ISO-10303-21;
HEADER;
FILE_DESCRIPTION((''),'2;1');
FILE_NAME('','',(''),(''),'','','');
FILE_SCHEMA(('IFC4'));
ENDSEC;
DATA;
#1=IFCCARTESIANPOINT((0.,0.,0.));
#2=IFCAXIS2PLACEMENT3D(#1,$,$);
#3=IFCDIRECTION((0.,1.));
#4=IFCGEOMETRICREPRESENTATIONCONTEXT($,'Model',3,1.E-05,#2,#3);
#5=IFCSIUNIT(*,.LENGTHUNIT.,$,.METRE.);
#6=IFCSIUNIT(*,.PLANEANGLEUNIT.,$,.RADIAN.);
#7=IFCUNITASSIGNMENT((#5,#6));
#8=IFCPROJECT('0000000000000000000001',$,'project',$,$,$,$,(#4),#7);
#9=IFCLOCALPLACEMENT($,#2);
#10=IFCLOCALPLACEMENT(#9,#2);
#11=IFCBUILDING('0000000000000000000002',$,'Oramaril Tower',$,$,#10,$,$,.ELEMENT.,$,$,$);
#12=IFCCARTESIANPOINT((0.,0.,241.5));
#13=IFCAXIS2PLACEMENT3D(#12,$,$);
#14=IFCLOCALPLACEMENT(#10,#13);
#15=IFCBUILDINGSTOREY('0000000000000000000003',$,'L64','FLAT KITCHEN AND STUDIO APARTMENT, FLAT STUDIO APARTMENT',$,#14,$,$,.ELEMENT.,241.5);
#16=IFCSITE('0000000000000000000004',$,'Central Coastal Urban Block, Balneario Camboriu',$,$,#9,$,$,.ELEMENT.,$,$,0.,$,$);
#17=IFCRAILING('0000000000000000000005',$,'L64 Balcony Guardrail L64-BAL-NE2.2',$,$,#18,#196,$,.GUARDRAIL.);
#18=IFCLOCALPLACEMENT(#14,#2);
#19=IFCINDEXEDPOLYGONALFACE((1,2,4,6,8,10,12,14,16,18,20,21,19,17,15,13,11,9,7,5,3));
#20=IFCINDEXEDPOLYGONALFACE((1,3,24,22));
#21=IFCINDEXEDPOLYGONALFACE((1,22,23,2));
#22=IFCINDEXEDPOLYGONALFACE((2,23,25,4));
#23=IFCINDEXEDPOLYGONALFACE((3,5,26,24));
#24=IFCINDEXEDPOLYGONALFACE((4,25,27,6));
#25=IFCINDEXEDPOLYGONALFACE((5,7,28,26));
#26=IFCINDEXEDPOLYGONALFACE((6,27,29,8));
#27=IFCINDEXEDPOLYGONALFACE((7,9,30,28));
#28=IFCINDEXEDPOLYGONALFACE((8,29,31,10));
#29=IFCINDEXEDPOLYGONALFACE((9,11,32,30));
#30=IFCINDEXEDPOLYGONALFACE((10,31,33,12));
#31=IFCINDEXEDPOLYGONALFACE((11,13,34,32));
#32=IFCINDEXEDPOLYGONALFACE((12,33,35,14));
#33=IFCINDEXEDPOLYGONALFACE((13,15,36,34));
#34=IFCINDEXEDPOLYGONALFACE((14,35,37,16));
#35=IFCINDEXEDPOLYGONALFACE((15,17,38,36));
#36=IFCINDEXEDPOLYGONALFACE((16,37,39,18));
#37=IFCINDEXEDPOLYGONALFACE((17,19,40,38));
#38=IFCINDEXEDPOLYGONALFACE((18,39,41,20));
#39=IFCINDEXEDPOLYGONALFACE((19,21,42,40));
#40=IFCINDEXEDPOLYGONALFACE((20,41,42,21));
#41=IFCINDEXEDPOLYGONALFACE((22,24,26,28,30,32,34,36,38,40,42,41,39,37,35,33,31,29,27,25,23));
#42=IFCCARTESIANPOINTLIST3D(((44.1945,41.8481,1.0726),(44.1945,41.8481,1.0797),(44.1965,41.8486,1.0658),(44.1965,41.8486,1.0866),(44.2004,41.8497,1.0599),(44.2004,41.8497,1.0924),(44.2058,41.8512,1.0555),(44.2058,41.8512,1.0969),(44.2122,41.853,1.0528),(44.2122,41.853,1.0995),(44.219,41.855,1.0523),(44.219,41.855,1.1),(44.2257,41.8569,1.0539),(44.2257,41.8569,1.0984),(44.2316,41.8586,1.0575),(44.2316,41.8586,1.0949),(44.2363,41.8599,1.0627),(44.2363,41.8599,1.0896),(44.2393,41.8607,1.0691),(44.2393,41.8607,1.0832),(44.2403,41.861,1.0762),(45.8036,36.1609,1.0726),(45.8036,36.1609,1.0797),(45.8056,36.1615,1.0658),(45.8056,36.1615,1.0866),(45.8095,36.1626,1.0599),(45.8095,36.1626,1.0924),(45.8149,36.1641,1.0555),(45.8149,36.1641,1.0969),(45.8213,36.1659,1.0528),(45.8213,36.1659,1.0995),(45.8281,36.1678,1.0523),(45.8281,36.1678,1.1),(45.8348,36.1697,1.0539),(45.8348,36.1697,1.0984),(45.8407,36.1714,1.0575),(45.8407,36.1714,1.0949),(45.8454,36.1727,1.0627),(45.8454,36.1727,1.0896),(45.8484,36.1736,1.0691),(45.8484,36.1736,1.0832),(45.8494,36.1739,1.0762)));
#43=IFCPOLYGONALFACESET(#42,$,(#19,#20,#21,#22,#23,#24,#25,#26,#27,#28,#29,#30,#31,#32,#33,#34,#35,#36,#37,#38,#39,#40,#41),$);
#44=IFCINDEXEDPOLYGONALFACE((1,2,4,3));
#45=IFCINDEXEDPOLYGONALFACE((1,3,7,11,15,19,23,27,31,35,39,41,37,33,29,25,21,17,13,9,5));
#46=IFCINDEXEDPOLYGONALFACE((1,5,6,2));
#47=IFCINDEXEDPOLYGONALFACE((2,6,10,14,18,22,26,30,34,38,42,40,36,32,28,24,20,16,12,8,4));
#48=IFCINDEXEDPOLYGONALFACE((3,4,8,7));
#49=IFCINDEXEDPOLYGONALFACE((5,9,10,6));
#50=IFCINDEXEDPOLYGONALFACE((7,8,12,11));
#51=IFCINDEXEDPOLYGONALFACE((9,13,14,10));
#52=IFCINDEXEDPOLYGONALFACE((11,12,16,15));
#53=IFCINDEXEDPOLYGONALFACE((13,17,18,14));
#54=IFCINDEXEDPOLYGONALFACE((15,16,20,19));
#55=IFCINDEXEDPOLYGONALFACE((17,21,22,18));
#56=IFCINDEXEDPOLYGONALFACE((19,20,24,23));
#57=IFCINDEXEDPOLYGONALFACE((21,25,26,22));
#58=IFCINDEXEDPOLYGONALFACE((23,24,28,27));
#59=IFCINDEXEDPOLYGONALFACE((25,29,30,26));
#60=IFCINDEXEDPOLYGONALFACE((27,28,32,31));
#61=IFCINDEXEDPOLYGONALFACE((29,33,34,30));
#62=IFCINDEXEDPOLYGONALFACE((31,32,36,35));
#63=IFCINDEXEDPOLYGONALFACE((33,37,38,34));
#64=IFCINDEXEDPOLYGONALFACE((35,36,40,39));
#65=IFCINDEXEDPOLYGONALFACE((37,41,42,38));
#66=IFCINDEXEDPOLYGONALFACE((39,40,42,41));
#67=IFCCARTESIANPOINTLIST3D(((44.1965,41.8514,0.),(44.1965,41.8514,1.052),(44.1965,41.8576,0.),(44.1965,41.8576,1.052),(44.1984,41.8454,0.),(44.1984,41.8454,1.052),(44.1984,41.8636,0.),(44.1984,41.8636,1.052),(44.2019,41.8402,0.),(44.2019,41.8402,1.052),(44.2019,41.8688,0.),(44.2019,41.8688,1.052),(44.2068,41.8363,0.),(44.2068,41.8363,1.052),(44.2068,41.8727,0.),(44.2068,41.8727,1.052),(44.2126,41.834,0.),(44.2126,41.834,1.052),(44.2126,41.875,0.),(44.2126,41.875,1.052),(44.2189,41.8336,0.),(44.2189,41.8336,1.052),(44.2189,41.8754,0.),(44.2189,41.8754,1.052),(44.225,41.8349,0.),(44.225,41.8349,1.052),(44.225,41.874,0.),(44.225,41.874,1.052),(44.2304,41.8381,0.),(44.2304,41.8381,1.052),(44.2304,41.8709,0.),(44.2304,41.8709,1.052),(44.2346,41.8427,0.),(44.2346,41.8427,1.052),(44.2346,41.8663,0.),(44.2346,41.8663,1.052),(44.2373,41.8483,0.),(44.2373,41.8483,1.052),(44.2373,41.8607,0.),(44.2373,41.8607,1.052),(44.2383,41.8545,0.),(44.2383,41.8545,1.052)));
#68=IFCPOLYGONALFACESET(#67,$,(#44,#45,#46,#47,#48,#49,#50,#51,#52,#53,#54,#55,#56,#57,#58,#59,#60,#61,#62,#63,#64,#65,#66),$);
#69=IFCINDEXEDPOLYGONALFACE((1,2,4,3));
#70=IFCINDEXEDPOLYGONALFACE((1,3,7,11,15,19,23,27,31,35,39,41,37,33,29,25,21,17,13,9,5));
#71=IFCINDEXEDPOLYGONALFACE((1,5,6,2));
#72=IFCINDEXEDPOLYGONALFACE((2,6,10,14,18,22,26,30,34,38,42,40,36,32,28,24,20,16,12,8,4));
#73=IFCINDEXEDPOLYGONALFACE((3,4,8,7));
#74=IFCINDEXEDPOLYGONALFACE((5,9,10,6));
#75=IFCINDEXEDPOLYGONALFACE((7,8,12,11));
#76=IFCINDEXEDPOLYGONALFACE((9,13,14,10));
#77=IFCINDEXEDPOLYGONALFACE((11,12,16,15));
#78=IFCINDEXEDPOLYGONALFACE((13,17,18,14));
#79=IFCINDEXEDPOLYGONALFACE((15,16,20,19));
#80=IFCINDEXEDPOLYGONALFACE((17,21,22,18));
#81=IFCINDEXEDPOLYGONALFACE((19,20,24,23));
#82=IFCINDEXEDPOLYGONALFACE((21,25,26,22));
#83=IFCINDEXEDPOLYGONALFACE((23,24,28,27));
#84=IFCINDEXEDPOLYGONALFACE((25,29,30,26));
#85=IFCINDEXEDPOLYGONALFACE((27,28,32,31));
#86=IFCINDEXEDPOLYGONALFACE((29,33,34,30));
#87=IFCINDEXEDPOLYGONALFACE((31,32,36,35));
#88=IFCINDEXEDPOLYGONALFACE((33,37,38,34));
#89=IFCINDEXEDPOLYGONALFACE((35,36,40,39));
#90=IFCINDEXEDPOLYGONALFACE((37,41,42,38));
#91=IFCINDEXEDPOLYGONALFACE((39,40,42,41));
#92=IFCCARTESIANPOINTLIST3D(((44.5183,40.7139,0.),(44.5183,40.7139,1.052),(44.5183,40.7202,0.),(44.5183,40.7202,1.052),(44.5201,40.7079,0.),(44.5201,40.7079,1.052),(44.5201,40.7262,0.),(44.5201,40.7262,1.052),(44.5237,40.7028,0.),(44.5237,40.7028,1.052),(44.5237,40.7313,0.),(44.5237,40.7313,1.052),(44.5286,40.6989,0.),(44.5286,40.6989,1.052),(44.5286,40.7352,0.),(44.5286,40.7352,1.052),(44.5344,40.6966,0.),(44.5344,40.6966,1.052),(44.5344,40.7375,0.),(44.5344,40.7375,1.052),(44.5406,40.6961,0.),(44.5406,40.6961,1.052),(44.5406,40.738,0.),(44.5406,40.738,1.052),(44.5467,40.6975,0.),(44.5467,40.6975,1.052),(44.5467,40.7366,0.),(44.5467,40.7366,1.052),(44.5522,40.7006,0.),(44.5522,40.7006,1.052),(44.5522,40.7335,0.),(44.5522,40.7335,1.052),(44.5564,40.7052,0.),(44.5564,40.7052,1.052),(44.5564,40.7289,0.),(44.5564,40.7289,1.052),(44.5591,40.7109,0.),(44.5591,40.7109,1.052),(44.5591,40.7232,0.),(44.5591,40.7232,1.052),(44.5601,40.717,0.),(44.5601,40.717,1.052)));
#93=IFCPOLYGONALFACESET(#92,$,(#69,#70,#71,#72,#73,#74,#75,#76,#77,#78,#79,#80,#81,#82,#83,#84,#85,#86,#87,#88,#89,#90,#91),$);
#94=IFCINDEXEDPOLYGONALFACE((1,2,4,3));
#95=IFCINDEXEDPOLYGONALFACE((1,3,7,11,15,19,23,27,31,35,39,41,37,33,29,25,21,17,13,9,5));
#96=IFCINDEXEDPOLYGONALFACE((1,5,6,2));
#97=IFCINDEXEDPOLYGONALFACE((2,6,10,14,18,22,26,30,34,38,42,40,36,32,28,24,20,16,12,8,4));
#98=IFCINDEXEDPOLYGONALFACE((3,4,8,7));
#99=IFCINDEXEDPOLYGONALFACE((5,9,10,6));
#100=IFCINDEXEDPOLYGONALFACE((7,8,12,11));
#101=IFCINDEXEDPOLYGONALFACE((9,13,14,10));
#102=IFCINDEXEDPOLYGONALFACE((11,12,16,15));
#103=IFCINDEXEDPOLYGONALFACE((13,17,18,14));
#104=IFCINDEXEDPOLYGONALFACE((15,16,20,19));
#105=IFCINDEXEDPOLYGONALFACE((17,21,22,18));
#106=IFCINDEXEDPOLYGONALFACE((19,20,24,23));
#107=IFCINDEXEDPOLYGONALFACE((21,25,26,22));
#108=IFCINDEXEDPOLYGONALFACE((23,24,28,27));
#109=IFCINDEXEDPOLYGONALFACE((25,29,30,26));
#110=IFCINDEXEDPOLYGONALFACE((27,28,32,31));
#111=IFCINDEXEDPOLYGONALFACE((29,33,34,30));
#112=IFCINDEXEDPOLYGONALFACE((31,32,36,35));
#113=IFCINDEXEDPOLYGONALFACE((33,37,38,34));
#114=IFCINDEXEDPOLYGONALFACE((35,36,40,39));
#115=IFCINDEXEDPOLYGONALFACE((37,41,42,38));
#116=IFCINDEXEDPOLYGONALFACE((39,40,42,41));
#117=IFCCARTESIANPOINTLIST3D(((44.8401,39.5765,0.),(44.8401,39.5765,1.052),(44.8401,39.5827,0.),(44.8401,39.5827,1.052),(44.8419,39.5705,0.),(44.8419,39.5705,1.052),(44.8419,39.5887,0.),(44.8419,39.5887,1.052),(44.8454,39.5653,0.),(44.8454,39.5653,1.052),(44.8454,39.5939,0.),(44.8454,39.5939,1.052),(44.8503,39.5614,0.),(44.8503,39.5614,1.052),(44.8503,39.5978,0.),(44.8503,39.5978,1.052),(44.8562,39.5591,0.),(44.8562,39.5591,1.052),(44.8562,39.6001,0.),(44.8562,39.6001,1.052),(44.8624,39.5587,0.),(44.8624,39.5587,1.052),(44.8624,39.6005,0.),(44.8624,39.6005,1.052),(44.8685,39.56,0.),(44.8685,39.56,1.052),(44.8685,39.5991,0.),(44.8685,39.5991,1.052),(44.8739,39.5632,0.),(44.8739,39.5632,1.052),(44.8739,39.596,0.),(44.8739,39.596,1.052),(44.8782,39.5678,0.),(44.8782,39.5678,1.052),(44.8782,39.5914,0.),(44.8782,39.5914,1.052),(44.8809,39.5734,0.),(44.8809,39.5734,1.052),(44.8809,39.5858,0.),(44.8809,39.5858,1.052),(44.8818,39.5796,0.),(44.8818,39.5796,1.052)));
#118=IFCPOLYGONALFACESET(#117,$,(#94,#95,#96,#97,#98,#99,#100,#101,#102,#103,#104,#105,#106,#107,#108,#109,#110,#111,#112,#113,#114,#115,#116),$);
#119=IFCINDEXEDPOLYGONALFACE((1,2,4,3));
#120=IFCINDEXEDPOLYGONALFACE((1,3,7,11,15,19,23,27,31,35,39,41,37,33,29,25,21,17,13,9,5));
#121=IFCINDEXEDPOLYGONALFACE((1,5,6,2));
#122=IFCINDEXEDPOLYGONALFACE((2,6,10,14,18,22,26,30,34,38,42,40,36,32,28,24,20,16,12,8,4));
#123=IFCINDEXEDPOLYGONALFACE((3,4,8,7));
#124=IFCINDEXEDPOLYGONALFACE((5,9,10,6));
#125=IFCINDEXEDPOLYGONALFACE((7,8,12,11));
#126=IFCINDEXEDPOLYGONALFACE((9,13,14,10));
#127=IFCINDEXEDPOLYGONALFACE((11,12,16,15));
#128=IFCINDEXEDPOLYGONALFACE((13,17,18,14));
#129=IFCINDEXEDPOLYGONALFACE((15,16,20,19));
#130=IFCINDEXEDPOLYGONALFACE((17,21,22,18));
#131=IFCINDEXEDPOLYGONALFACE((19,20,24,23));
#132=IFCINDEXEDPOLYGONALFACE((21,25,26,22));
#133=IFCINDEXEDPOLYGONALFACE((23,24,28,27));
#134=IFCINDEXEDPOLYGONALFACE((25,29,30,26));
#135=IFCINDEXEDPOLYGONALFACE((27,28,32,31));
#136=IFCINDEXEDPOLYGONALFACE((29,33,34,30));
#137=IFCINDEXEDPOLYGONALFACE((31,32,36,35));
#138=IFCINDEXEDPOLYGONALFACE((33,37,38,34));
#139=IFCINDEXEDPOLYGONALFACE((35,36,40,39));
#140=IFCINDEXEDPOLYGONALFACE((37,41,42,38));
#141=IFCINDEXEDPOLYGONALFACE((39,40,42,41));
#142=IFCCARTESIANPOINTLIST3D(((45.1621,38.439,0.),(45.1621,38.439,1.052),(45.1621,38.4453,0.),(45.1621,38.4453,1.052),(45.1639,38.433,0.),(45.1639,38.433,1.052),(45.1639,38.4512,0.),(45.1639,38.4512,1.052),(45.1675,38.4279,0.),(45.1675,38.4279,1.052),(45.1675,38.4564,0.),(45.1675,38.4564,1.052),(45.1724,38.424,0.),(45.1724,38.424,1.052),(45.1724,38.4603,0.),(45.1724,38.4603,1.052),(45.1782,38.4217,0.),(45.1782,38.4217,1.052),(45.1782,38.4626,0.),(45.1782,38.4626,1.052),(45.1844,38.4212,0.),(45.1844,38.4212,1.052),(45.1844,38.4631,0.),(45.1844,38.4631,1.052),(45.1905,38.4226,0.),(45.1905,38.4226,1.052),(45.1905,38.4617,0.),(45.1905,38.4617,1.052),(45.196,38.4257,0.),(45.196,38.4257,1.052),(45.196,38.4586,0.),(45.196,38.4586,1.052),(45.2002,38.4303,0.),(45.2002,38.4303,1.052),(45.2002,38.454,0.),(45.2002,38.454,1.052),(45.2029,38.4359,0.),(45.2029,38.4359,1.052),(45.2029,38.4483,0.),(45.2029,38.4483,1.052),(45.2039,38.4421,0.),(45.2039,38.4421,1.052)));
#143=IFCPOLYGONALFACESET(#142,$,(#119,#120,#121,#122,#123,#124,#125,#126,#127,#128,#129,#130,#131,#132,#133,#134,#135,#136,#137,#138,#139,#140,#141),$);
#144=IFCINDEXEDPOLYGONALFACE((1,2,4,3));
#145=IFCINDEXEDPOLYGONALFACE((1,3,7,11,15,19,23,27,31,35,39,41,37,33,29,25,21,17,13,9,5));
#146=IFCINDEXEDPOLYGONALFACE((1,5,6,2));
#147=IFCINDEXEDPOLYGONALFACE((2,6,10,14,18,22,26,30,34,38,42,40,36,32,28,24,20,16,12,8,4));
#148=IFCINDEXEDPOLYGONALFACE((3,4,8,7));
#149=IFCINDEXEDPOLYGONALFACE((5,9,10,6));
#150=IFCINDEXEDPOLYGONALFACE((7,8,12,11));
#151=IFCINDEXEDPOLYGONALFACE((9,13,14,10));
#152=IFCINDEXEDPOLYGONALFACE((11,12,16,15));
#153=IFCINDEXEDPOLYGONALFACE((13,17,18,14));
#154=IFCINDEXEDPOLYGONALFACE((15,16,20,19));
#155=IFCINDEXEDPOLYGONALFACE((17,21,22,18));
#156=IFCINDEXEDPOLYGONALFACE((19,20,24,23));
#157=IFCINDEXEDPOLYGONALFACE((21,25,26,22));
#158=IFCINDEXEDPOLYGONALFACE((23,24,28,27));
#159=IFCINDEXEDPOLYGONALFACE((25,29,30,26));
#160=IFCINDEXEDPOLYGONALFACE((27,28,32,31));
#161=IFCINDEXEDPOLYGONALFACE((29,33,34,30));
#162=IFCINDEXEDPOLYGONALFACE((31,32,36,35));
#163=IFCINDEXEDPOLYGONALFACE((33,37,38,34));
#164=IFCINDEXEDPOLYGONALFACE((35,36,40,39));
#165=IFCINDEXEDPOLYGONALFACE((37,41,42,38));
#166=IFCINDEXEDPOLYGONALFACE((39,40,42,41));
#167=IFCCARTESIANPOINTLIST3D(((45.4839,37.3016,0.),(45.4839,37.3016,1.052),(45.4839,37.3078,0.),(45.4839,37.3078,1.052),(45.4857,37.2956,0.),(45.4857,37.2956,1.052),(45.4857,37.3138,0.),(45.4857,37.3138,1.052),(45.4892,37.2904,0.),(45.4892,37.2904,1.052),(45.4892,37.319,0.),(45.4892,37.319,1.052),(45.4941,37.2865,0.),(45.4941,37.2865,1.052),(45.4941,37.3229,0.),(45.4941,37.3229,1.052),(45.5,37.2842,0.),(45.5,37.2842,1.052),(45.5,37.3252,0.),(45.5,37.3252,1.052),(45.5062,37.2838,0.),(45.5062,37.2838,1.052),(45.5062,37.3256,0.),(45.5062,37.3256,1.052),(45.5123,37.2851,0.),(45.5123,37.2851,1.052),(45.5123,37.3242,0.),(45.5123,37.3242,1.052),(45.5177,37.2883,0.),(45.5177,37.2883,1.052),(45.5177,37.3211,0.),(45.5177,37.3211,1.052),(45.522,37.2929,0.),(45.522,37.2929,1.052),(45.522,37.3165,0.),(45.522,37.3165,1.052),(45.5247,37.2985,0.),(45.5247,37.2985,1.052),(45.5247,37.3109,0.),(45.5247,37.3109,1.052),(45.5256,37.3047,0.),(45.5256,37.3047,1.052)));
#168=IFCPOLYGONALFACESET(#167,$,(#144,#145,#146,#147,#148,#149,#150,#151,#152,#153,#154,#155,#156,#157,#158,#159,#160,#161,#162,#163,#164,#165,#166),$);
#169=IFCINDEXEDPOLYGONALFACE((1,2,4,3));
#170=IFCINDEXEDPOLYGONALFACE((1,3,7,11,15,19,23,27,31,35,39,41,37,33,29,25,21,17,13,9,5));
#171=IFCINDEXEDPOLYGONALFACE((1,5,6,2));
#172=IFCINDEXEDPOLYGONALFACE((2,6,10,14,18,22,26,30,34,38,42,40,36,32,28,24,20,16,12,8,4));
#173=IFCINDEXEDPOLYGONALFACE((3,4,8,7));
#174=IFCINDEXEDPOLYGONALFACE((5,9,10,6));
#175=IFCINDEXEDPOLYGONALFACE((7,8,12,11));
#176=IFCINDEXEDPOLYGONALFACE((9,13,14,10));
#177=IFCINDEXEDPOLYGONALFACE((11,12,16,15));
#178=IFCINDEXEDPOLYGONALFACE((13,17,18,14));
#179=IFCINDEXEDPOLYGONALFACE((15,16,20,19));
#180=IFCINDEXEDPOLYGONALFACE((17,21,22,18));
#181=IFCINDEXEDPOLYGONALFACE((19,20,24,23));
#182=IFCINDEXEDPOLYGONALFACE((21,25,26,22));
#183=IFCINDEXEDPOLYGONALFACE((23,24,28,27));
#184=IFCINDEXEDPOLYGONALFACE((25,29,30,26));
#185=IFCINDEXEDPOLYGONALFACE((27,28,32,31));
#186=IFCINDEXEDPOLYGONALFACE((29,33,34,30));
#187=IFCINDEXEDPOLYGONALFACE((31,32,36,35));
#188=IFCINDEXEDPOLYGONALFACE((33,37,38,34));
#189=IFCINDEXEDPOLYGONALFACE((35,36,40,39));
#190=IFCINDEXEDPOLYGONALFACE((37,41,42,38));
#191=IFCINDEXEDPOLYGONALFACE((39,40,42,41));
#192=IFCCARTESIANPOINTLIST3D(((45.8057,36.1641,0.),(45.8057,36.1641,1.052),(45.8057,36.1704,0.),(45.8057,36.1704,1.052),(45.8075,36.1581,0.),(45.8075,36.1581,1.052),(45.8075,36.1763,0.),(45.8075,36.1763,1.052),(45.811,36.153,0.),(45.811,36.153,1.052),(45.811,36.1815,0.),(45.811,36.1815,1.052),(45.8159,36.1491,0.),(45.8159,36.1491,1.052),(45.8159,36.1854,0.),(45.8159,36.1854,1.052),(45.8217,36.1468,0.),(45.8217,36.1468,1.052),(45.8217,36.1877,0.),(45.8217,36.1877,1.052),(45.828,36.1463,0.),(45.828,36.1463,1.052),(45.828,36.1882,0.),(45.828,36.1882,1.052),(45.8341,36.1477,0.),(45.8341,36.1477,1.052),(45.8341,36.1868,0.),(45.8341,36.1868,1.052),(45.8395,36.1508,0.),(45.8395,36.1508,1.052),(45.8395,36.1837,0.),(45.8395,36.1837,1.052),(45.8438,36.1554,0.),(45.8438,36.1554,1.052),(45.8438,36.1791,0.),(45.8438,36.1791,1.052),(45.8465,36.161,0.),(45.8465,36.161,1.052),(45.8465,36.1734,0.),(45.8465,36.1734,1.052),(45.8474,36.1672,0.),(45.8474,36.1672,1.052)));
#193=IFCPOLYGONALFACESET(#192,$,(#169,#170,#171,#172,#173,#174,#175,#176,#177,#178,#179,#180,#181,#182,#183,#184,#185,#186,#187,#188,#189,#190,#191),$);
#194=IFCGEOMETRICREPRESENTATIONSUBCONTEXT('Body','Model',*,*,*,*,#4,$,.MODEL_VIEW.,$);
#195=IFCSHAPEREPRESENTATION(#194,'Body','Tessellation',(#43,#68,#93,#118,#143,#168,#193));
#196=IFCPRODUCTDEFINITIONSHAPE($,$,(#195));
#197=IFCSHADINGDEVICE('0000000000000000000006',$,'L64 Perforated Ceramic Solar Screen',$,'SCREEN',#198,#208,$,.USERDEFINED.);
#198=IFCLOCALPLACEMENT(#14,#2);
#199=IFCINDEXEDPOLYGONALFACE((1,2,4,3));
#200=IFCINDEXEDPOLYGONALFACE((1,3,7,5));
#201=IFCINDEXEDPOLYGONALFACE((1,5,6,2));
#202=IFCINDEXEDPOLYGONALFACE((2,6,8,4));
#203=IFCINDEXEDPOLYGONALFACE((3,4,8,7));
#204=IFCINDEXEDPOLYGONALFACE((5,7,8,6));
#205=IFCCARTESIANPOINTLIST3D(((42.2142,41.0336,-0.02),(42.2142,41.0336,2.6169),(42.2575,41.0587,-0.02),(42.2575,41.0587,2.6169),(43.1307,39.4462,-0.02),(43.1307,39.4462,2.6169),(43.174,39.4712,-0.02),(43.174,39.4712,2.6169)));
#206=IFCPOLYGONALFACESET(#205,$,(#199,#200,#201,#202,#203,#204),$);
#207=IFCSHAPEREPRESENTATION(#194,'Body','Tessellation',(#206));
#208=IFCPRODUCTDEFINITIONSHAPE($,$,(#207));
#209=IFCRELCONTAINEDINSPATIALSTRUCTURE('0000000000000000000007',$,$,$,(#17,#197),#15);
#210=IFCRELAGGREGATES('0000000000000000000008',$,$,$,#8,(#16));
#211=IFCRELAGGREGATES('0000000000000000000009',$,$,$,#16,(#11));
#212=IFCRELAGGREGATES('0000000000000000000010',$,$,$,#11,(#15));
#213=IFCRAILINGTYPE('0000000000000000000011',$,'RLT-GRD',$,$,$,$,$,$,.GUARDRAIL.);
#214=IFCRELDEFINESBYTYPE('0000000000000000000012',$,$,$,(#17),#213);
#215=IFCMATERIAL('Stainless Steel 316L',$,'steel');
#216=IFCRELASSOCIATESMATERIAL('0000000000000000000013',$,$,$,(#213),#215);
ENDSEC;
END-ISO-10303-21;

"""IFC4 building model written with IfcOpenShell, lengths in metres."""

from ifc_helpers import new_model, si_unit, direction, frame, origin, origin_2d, place, context, subcontext, project, spatial, rectangle, circle, extrude, material, type_object, element, save


model = new_model("IFC4")

# Units and contexts
model_context = context("Model", 3, precision=1e-05, world=origin(), true_north=direction((0.0, 1.0)))
body_context = subcontext(model_context, "Body", "Model", "MODEL_VIEW")
ifc_project = project(units=[si_unit("LENGTHUNIT", "METRE"), si_unit("PLANEANGLEUNIT", "RADIAN")], contexts=[model_context])

# Site, building, storey
site_placement = place(None, origin())
site = spatial("IfcSite", under=ifc_project, at=site_placement, Name="Central Coastal Urban Block, Balneario Camboriu", CompositionType="ELEMENT", RefElevation=0.0)
building_placement = place(site_placement, origin())
building = spatial("IfcBuilding", under=site, at=building_placement, Name="Oramaril Tower", CompositionType="ELEMENT")
storey_placement = place(building_placement, frame((0.0, 0.0, 241.5)))
storey = spatial("IfcBuildingStorey", under=building, at=storey_placement, Name="L64", Description="FLAT KITCHEN AND STUDIO APARTMENT, FLAT STUDIO APARTMENT", CompositionType="ELEMENT", Elevation=241.5)

# Railing
ifc_material_1 = material(Name="Stainless Steel 316L", Category="steel")
railing_type = type_object("IfcRailingType", Name="RLT-GRD", PredefinedType="GUARDRAIL", material=ifc_material_1)
railing_1_placement = place(storey_placement, frame((44.2173, 41.8545, 0.0)))
element("IfcRailing", 1, at=railing_1_placement, inside=storey, type_object=railing_type, Name="L64 Balcony Guardrail L64-BAL-NE2.2", PredefinedType="GUARDRAIL", context=body_context, shape_type="SweptSolid", body=[
    extrude(circle(Radius=0.0239, at=origin_2d()), frame((0.0, 0.0, 1.0762), z_axis=(0.272249, -0.962227, 0.0), x_axis=(0.962227, 0.272249, 0.0)), (0.0, 0.0, 1.0), 5.9104),
    extrude(circle(Radius=0.021, at=origin_2d()), origin(), (0.0, 0.0, 1.0), 1.052),
    extrude(circle(Radius=0.021, at=origin_2d()), frame((0.3218, -1.1375, 0.0)), (0.0, 0.0, 1.0), 1.052),
    extrude(circle(Radius=0.021, at=origin_2d()), frame((0.6436, -2.2749, 0.0)), (0.0, 0.0, 1.0), 1.052),
    extrude(circle(Radius=0.021, at=origin_2d()), frame((0.9656, -3.4124, 0.0)), (0.0, 0.0, 1.0), 1.052),
    extrude(circle(Radius=0.021, at=origin_2d()), frame((1.2874, -4.5498, 0.0)), (0.0, 0.0, 1.0), 1.052),
    extrude(circle(Radius=0.021, at=origin_2d()), frame((1.6091, -5.6873, 0.0)), (0.0, 0.0, 1.0), 1.052),
])

# Shading device
shading_device_placement = place(storey_placement, frame((42.6941, 40.2524, -0.02), z_axis=(0.0, 0.0, 1.0), x_axis=(-0.499998, 0.866026, 0.0)))
element("IfcShadingDevice", 2, at=shading_device_placement, inside=storey, Name="L64 Perforated Ceramic Solar Screen", ObjectType="SCREEN", PredefinedType="USERDEFINED", context=body_context, shape_type="SweptSolid", body=[
    extrude(rectangle(XDim=1.833, YDim=0.05, at=origin_2d()), origin(), (0.0, 0.0, 1.0), 2.637),
])

save(model, "model.ifc")
